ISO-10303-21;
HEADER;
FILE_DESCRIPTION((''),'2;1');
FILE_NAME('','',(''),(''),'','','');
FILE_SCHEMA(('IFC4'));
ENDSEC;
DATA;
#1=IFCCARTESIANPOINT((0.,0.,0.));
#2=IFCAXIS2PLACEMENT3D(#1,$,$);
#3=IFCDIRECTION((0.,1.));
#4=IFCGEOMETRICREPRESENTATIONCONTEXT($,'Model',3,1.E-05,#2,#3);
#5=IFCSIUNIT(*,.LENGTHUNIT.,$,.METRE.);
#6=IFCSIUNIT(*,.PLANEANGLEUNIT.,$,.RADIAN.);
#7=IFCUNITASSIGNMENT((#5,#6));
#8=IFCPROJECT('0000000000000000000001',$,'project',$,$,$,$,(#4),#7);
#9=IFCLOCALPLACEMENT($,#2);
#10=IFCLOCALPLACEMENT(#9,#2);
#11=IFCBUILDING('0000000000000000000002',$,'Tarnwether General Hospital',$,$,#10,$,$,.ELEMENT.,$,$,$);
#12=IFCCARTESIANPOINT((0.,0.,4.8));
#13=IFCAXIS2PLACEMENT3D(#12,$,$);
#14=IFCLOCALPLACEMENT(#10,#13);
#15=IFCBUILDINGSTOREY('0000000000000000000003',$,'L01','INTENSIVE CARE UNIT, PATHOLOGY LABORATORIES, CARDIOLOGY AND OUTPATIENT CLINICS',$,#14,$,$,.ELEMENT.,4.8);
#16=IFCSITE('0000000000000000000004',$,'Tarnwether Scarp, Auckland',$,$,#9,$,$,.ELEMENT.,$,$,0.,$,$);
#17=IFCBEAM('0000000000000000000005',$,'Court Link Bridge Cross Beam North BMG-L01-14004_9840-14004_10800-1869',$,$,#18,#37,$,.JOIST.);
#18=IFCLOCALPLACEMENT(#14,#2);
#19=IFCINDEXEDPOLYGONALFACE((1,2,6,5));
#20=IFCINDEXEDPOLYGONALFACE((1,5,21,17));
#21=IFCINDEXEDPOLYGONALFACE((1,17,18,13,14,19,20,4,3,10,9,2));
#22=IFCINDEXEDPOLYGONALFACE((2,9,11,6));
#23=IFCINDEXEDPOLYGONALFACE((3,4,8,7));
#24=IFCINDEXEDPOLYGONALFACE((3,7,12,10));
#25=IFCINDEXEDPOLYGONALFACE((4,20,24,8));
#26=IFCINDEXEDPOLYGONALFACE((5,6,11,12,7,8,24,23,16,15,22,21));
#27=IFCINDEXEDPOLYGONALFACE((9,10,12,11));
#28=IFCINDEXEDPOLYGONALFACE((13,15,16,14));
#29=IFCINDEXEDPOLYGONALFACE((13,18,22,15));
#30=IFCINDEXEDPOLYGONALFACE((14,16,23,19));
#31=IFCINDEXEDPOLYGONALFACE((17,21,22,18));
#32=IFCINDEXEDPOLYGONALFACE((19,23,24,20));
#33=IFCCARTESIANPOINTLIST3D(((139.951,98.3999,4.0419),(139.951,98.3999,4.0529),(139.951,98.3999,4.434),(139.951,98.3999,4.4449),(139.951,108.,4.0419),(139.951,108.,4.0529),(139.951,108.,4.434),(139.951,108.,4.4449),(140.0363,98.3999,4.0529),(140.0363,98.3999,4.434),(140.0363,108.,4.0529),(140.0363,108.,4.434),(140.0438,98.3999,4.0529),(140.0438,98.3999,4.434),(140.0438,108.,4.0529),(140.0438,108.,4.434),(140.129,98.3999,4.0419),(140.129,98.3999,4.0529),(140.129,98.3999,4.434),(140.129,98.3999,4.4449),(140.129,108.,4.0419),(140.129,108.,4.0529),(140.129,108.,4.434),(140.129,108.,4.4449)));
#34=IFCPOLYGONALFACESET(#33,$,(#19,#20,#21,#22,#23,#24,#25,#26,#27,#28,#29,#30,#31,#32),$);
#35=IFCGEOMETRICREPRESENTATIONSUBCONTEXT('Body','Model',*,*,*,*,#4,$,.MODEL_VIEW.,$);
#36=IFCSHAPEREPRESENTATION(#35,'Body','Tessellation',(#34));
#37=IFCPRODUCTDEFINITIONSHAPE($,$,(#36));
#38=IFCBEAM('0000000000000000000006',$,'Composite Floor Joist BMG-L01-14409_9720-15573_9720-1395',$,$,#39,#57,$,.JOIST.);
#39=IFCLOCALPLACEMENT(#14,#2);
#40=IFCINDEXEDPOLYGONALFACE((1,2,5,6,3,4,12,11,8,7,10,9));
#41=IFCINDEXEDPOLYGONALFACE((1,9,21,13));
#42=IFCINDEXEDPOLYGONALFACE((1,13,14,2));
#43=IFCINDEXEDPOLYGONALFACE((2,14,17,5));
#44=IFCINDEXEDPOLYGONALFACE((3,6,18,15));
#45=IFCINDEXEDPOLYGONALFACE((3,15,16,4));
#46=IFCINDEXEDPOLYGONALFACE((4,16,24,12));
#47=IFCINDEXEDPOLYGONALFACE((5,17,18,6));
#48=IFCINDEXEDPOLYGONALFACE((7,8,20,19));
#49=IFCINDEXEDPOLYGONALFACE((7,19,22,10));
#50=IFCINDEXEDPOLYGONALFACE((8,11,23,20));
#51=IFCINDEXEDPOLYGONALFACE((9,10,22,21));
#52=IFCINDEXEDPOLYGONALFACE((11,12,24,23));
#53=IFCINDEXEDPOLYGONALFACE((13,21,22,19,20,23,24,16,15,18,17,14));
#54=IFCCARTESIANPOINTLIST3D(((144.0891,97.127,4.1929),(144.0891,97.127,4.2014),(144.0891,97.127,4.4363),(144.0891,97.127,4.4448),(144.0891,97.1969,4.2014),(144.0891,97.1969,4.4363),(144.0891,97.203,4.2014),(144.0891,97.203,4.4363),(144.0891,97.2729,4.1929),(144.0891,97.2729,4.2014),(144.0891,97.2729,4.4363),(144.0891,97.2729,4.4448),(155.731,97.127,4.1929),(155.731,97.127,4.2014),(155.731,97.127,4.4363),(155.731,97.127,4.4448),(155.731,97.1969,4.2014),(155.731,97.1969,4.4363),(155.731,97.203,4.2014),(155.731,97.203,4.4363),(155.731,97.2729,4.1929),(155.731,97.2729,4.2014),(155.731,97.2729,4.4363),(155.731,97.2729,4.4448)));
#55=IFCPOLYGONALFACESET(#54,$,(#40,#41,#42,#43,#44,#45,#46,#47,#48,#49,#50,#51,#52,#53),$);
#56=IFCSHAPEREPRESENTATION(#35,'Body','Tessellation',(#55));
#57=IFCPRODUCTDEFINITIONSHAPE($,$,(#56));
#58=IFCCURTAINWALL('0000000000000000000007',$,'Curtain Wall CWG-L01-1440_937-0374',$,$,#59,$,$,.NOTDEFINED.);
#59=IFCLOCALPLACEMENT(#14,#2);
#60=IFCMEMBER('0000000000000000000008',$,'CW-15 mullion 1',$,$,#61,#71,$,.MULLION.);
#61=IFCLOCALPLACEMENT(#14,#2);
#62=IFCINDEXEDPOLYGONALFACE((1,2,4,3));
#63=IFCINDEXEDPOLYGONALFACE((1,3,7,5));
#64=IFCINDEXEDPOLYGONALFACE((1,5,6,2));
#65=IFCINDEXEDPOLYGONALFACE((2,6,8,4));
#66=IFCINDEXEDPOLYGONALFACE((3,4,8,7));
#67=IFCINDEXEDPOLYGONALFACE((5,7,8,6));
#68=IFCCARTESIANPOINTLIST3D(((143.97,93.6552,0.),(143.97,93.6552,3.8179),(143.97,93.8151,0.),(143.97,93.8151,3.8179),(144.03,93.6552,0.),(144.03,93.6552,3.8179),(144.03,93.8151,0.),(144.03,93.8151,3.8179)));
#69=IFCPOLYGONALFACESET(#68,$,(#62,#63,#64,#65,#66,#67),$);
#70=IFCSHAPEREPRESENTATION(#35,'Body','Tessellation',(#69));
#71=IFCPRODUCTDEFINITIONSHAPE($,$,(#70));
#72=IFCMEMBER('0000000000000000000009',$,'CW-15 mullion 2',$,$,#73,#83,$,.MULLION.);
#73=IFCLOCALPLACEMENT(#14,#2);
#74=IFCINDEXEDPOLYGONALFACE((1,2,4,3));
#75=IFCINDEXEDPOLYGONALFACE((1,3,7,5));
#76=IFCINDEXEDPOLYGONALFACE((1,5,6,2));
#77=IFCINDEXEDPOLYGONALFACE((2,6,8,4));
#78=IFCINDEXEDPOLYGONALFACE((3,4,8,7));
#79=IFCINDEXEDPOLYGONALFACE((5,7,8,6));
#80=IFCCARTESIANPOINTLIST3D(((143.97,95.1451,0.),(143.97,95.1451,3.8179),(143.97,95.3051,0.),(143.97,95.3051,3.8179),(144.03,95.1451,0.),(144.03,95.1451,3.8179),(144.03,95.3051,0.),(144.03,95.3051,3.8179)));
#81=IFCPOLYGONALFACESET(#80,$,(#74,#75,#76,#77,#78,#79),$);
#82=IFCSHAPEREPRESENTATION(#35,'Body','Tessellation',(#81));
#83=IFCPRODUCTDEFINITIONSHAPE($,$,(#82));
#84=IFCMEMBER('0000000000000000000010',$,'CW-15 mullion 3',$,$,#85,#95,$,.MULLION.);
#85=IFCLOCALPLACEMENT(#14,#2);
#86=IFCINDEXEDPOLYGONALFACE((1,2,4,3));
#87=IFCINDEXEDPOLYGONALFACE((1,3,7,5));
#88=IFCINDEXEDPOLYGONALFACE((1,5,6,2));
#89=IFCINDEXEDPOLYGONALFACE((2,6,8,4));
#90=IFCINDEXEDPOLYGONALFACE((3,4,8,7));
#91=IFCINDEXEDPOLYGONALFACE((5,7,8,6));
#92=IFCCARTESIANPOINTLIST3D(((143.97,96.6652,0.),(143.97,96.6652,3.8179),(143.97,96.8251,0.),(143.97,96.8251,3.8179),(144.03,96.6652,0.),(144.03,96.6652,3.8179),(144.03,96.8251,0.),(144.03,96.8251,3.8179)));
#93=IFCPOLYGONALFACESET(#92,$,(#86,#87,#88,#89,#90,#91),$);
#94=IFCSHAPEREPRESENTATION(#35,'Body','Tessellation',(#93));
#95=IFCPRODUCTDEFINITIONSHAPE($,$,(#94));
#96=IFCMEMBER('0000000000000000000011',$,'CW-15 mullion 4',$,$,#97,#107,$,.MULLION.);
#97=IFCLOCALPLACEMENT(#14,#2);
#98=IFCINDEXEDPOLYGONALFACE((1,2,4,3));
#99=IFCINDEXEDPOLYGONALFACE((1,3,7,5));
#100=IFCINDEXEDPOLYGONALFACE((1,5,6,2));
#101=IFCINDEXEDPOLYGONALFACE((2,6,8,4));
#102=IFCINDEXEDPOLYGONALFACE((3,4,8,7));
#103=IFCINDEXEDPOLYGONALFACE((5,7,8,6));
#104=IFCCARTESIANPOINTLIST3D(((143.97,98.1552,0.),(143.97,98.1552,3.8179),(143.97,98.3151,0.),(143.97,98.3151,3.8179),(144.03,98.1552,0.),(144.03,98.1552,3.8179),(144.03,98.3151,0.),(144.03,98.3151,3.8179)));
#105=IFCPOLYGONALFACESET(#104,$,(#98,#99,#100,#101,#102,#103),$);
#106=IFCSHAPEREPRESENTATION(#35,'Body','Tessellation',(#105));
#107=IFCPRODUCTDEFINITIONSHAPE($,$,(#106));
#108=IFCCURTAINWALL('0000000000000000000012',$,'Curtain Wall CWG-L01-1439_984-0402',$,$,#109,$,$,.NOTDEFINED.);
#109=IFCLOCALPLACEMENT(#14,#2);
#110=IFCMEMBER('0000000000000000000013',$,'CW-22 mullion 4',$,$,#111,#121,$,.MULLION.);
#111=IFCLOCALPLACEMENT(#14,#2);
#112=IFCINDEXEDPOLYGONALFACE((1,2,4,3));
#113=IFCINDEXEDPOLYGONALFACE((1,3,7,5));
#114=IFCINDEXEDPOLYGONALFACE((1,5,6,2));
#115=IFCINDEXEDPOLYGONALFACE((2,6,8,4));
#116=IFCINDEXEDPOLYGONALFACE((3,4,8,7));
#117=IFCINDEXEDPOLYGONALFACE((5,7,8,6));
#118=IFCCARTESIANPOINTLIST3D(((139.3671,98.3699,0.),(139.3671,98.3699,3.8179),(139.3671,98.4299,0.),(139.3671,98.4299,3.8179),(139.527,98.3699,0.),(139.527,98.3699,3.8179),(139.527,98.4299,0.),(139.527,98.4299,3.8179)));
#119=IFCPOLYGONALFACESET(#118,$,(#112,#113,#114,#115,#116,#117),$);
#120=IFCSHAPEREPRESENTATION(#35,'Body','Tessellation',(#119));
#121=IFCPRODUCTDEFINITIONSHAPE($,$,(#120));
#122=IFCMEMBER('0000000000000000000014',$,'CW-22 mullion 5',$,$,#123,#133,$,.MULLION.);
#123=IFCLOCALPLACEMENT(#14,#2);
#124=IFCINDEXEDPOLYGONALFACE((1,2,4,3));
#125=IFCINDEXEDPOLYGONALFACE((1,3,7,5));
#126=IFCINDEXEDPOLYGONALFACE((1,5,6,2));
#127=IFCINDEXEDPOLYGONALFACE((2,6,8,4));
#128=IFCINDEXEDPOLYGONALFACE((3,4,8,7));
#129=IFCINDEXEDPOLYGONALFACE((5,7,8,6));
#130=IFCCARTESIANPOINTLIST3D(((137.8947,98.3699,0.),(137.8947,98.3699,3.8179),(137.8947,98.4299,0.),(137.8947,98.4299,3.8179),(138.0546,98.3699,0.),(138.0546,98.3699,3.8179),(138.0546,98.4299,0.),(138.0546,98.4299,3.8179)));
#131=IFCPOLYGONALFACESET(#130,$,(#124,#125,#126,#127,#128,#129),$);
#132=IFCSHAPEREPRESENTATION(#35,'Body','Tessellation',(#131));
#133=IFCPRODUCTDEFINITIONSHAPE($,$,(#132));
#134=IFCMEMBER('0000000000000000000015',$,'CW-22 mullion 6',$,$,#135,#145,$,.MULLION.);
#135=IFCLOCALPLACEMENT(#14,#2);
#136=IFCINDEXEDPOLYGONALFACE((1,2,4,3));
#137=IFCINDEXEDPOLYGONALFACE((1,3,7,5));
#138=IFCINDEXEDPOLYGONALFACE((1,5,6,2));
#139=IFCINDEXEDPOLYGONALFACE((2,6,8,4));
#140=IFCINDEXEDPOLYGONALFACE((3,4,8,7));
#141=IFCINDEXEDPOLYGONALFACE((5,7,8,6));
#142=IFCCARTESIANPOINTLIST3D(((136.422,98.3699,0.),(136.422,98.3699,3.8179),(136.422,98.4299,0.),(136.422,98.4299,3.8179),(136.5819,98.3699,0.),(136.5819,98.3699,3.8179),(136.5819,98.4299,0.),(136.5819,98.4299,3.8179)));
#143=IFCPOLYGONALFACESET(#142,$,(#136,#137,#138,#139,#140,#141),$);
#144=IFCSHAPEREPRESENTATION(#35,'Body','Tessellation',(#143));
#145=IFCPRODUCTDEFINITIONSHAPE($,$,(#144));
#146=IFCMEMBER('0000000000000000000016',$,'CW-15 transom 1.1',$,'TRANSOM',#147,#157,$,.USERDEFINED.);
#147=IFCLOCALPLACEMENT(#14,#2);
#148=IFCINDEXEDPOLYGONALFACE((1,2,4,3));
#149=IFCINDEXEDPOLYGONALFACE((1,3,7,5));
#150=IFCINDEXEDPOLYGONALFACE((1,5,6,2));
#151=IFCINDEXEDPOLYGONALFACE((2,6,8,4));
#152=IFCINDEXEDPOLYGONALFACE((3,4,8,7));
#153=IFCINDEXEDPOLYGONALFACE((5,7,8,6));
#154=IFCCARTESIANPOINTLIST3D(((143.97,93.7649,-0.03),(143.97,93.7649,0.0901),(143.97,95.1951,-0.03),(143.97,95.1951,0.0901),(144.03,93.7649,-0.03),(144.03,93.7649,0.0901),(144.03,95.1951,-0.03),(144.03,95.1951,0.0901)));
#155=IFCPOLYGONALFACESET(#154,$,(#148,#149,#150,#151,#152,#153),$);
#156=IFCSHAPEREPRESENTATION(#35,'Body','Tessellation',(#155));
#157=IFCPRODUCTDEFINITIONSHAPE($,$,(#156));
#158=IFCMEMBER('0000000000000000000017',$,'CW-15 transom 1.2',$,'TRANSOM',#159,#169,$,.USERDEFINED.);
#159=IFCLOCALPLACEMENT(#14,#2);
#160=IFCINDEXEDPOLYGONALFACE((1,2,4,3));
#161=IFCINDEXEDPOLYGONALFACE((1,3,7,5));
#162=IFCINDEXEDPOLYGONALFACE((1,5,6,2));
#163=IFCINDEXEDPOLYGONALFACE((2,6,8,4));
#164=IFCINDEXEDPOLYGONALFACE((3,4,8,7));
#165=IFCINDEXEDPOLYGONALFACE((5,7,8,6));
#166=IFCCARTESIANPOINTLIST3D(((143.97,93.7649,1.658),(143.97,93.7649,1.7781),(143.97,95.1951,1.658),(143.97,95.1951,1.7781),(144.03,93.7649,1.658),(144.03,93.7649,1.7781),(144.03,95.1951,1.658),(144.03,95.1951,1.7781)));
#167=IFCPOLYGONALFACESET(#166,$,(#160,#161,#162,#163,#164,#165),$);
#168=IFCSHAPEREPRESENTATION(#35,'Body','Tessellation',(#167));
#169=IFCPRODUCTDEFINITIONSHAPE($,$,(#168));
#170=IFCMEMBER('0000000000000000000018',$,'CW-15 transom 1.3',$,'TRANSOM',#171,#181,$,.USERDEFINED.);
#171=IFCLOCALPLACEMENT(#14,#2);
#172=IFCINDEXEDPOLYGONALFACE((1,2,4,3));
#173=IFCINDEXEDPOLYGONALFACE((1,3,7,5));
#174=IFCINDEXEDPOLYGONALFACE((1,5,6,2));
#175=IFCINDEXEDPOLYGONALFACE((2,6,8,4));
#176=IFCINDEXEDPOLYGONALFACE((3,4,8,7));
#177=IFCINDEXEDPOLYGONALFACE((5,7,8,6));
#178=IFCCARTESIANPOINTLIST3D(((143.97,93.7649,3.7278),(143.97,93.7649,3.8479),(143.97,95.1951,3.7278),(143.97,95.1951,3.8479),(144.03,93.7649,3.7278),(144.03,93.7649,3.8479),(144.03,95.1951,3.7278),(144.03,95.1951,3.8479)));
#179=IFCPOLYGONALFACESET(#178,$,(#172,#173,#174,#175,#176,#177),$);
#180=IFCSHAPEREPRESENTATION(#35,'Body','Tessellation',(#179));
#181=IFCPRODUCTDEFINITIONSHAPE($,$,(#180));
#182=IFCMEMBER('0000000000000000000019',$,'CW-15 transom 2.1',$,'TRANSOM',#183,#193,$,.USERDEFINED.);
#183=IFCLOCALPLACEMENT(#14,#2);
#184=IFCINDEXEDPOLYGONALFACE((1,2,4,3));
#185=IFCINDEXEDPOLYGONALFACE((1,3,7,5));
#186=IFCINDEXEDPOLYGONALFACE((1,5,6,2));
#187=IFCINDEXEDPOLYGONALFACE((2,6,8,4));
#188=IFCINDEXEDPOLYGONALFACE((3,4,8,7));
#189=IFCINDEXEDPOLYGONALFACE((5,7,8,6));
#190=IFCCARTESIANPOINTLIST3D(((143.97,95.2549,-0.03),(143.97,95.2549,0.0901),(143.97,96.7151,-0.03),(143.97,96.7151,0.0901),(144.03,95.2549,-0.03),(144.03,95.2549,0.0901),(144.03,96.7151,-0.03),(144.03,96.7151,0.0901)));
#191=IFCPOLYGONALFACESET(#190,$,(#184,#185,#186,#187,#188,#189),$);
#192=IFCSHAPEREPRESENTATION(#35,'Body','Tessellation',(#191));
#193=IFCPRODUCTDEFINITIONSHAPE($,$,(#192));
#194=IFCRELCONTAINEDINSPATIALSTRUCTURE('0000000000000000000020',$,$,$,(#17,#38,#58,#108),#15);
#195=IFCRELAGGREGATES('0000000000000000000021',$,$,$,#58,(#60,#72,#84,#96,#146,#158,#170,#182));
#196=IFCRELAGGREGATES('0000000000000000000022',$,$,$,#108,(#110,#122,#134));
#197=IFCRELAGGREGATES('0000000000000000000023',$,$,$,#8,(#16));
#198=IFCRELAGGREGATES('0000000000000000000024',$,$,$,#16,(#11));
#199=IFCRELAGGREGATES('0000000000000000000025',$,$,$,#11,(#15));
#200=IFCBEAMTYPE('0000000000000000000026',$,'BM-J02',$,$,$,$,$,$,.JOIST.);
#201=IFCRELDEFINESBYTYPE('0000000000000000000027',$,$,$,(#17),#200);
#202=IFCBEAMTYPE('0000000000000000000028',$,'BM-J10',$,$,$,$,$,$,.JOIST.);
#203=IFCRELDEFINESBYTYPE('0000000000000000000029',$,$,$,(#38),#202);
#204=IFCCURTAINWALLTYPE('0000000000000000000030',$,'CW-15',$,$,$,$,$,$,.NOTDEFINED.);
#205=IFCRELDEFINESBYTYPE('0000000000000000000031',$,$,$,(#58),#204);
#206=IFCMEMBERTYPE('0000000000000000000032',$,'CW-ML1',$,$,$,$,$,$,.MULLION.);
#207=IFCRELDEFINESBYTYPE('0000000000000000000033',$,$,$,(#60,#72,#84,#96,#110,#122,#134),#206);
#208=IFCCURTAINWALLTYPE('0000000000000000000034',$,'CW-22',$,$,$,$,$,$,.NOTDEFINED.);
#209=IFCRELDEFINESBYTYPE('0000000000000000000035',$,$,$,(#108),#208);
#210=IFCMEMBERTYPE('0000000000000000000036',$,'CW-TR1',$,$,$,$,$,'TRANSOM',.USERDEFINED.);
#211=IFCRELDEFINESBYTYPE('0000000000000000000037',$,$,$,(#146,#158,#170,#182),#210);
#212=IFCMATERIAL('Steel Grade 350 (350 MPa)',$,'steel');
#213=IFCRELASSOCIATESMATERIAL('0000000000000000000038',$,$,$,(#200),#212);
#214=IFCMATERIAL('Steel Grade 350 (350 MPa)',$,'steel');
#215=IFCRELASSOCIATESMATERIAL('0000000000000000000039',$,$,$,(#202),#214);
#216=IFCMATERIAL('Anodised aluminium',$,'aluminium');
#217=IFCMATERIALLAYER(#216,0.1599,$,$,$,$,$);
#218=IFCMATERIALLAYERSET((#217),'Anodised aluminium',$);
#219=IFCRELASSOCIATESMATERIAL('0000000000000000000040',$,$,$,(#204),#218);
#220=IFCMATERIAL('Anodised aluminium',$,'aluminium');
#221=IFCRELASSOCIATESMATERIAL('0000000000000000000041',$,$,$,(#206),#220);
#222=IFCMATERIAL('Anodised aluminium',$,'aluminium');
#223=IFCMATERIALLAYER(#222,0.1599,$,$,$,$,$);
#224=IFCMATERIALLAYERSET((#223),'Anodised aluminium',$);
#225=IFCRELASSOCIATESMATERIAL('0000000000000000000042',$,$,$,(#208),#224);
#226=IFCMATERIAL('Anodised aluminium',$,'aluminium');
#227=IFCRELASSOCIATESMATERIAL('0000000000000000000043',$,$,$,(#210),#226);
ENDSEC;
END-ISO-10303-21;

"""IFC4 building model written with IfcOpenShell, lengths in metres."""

from ifc_helpers import new_model, si_unit, direction, frame, origin, origin_2d, place, context, subcontext, project, spatial, rectangle, i_section, extrude, material, layer, layer_set, material_profile, profile_set, type_object, element, aggregate, save


model = new_model("IFC4")

# Units and contexts
model_context = context("Model", 3, precision=1e-05, world=origin(), true_north=direction((0.0, 1.0)))
body_context = subcontext(model_context, "Body", "Model", "MODEL_VIEW")
ifc_project = project(units=[si_unit("LENGTHUNIT", "METRE"), si_unit("PLANEANGLEUNIT", "RADIAN")], contexts=[model_context])

# Site, building, storey
site_placement = place(None, origin())
site = spatial("IfcSite", under=ifc_project, at=site_placement, Name="Tarnwether Scarp, Auckland", CompositionType="ELEMENT", RefElevation=0.0)
building_placement = place(site_placement, origin())
building = spatial("IfcBuilding", under=site, at=building_placement, Name="Tarnwether General Hospital", CompositionType="ELEMENT")
storey_placement = place(building_placement, frame((0.0, 0.0, 4.8)))
storey = spatial("IfcBuildingStorey", under=building, at=storey_placement, Name="L01", Description="INTENSIVE CARE UNIT, PATHOLOGY LABORATORIES, CARDIOLOGY AND OUTPATIENT CLINICS", CompositionType="ELEMENT", Elevation=4.8)

# Beams
ifc_material_1 = material(Name="Steel Grade 350 (350 MPa)", Category="steel")
ifc_material_profile_1 = material_profile(ifc_material_1, i_section(OverallWidth=0.178, OverallDepth=0.4031, WebThickness=0.0076, FlangeThickness=0.011, at=origin_2d()), Name="410UB53.7")
ifc_profile_set_1 = profile_set([ifc_material_profile_1], Name="Steel Grade 350 (350 MPa)")
beam_type_1 = type_object("IfcBeamType", Name="BM-J02", PredefinedType="JOIST", material=ifc_profile_set_1)
beam_1_placement = place(storey_placement, frame((140.04, 98.3999, 4.2434), z_axis=(0.0, 1.0, 0.0), x_axis=(-1.0, 0.0, 0.0)))
element("IfcBeam", 1, at=beam_1_placement, inside=storey, type_object=beam_type_1, Name="Court Link Bridge Cross Beam North BMG-L01-14004_9840-14004_10800-1869", PredefinedType="JOIST", context=body_context, shape_type="SweptSolid", body=[
    extrude(i_section(OverallWidth=0.178, OverallDepth=0.4031, WebThickness=0.0076, FlangeThickness=0.011, at=origin_2d()), origin(), (0.0, 0.0, 1.0), 9.6001),
])
ifc_material_2 = material(Name="Steel Grade 350 (350 MPa)", Category="steel")
ifc_material_profile_2 = material_profile(ifc_material_2, i_section(OverallWidth=0.146, OverallDepth=0.252, WebThickness=0.0061, FlangeThickness=0.0085, at=origin_2d()), Name="250UB31.4")
ifc_profile_set_2 = profile_set([ifc_material_profile_2], Name="Steel Grade 350 (350 MPa)")
beam_type_2 = type_object("IfcBeamType", Name="BM-J10", PredefinedType="JOIST", material=ifc_profile_set_2)
beam_2_placement = place(storey_placement, frame((144.0891, 97.2, 4.3188), z_axis=(1.0, 0.0, 0.0), x_axis=(0.0, 1.0, 0.0)))
element("IfcBeam", 2, at=beam_2_placement, inside=storey, type_object=beam_type_2, Name="Composite Floor Joist BMG-L01-14409_9720-15573_9720-1395", PredefinedType="JOIST", context=body_context, shape_type="SweptSolid", body=[
    extrude(i_section(OverallWidth=0.146, OverallDepth=0.252, WebThickness=0.0061, FlangeThickness=0.0085, at=origin_2d()), origin(), (0.0, 0.0, 1.0), 11.6418),
])

# Curtain walls, members
ifc_material_3 = material(Name="Anodised aluminium", Category="aluminium")
ifc_layer_1 = layer(ifc_material_3, 0.1599)
ifc_layer_set_1 = layer_set([ifc_layer_1], Name="Anodised aluminium")
curtain_wall_type_1 = type_object("IfcCurtainWallType", Name="CW-15", PredefinedType="NOTDEFINED", material=ifc_layer_set_1)
curtain_wall_1_placement = place(storey_placement, origin())
curtain_wall_1 = element("IfcCurtainWall", 3, at=curtain_wall_1_placement, inside=storey, type_object=curtain_wall_type_1, Name="Curtain Wall CWG-L01-1440_937-0374", PredefinedType="NOTDEFINED")
ifc_material_4 = material(Name="Anodised aluminium", Category="aluminium")
ifc_material_profile_3 = material_profile(ifc_material_4, rectangle(XDim=0.0601, YDim=0.1599, at=origin_2d()), Name="ALU-MUL-60x160")
ifc_profile_set_3 = profile_set([ifc_material_profile_3], Name="Anodised aluminium")
member_type_1 = type_object("IfcMemberType", Name="CW-ML1", PredefinedType="MULLION", material=ifc_profile_set_3)
member_1_placement = place(storey_placement, frame((144.0, 93.7351, 0.0), z_axis=(0.0, 0.0, 1.0), x_axis=(-1.0, 0.0, 0.0)))
member_1 = element("IfcMember", 4, at=member_1_placement, type_object=member_type_1, Name="CW-15 mullion 1", PredefinedType="MULLION", context=body_context, shape_type="SweptSolid", body=[
    extrude(rectangle(XDim=0.0601, YDim=0.1599, at=origin_2d()), origin(), (0.0, 0.0, 1.0), 3.8179),
])
member_2_placement = place(storey_placement, frame((144.0, 95.2251, 0.0), z_axis=(0.0, 0.0, 1.0), x_axis=(-1.0, 0.0, 0.0)))
member_2 = element("IfcMember", 5, at=member_2_placement, type_object=member_type_1, Name="CW-15 mullion 2", PredefinedType="MULLION", context=body_context, shape_type="SweptSolid", body=[
    extrude(rectangle(XDim=0.0601, YDim=0.1599, at=origin_2d()), origin(), (0.0, 0.0, 1.0), 3.8179),
])
member_3_placement = place(storey_placement, frame((144.0, 96.7451, 0.0), z_axis=(0.0, 0.0, 1.0), x_axis=(-1.0, 0.0, 0.0)))
member_3 = element("IfcMember", 6, at=member_3_placement, type_object=member_type_1, Name="CW-15 mullion 3", PredefinedType="MULLION", context=body_context, shape_type="SweptSolid", body=[
    extrude(rectangle(XDim=0.0601, YDim=0.1599, at=origin_2d()), origin(), (0.0, 0.0, 1.0), 3.8179),
])
member_4_placement = place(storey_placement, frame((144.0, 98.2351, 0.0), z_axis=(0.0, 0.0, 1.0), x_axis=(-1.0, 0.0, 0.0)))
member_4 = element("IfcMember", 7, at=member_4_placement, type_object=member_type_1, Name="CW-15 mullion 4", PredefinedType="MULLION", context=body_context, shape_type="SweptSolid", body=[
    extrude(rectangle(XDim=0.0601, YDim=0.1599, at=origin_2d()), origin(), (0.0, 0.0, 1.0), 3.8179),
])
ifc_material_5 = material(Name="Anodised aluminium", Category="aluminium")
ifc_layer_2 = layer(ifc_material_5, 0.1599)
ifc_layer_set_2 = layer_set([ifc_layer_2], Name="Anodised aluminium")
curtain_wall_type_2 = type_object("IfcCurtainWallType", Name="CW-22", PredefinedType="NOTDEFINED", material=ifc_layer_set_2)
curtain_wall_2_placement = place(storey_placement, origin())
curtain_wall_2 = element("IfcCurtainWall", 8, at=curtain_wall_2_placement, inside=storey, type_object=curtain_wall_type_2, Name="Curtain Wall CWG-L01-1439_984-0402", PredefinedType="NOTDEFINED")
member_5_placement = place(storey_placement, frame((139.447, 98.3999, 0.0), z_axis=(0.0, 0.0, 1.0), x_axis=(0.0, -1.0, 0.0)))
member_5 = element("IfcMember", 9, at=member_5_placement, type_object=member_type_1, Name="CW-22 mullion 4", PredefinedType="MULLION", context=body_context, shape_type="SweptSolid", body=[
    extrude(rectangle(XDim=0.0601, YDim=0.1599, at=origin_2d()), origin(), (0.0, 0.0, 1.0), 3.8179),
])
member_6_placement = place(storey_placement, frame((137.9746, 98.3999, 0.0), z_axis=(0.0, 0.0, 1.0), x_axis=(0.0, -1.0, 0.0)))
member_6 = element("IfcMember", 10, at=member_6_placement, type_object=member_type_1, Name="CW-22 mullion 5", PredefinedType="MULLION", context=body_context, shape_type="SweptSolid", body=[
    extrude(rectangle(XDim=0.0601, YDim=0.1599, at=origin_2d()), origin(), (0.0, 0.0, 1.0), 3.8179),
])
member_7_placement = place(storey_placement, frame((136.502, 98.3999, 0.0), z_axis=(0.0, 0.0, 1.0), x_axis=(0.0, -1.0, 0.0)))
member_7 = element("IfcMember", 11, at=member_7_placement, type_object=member_type_1, Name="CW-22 mullion 6", PredefinedType="MULLION", context=body_context, shape_type="SweptSolid", body=[
    extrude(rectangle(XDim=0.0601, YDim=0.1599, at=origin_2d()), origin(), (0.0, 0.0, 1.0), 3.8179),
])

# Members
ifc_material_6 = material(Name="Anodised aluminium", Category="aluminium")
ifc_material_profile_4 = material_profile(ifc_material_6, rectangle(XDim=0.0601, YDim=0.1201, at=origin_2d()), Name="ALU-TRN-60x120")
ifc_profile_set_4 = profile_set([ifc_material_profile_4], Name="Anodised aluminium")
member_type_2 = type_object("IfcMemberType", Name="CW-TR1", ElementType="TRANSOM", PredefinedType="USERDEFINED", material=ifc_profile_set_4)
member_8_placement = place(storey_placement, frame((144.0, 93.7649, 0.03), z_axis=(0.0, 1.0, 0.0), x_axis=(-1.0, 0.0, 0.0)))
member_8 = element("IfcMember", 12, at=member_8_placement, type_object=member_type_2, Name="CW-15 transom 1.1", ObjectType="TRANSOM", PredefinedType="USERDEFINED", context=body_context, shape_type="SweptSolid", body=[
    extrude(rectangle(XDim=0.0601, YDim=0.1201, at=origin_2d()), origin(), (0.0, 0.0, 1.0), 1.4302),
])
member_9_placement = place(storey_placement, frame((144.0, 93.7649, 1.718), z_axis=(0.0, 1.0, 0.0), x_axis=(-1.0, 0.0, 0.0)))
member_9 = element("IfcMember", 13, at=member_9_placement, type_object=member_type_2, Name="CW-15 transom 1.2", ObjectType="TRANSOM", PredefinedType="USERDEFINED", context=body_context, shape_type="SweptSolid", body=[
    extrude(rectangle(XDim=0.0601, YDim=0.1201, at=origin_2d()), origin(), (0.0, 0.0, 1.0), 1.4302),
])
member_10_placement = place(storey_placement, frame((144.0, 93.7649, 3.7878), z_axis=(0.0, 1.0, 0.0), x_axis=(-1.0, 0.0, 0.0)))
member_10 = element("IfcMember", 14, at=member_10_placement, type_object=member_type_2, Name="CW-15 transom 1.3", ObjectType="TRANSOM", PredefinedType="USERDEFINED", context=body_context, shape_type="SweptSolid", body=[
    extrude(rectangle(XDim=0.0601, YDim=0.1201, at=origin_2d()), origin(), (0.0, 0.0, 1.0), 1.4302),
])
member_11_placement = place(storey_placement, frame((144.0, 95.2549, 0.03), z_axis=(0.0, 1.0, 0.0), x_axis=(-1.0, 0.0, 0.0)))
member_11 = element("IfcMember", 15, at=member_11_placement, type_object=member_type_2, Name="CW-15 transom 2.1", ObjectType="TRANSOM", PredefinedType="USERDEFINED", context=body_context, shape_type="SweptSolid", body=[
    extrude(rectangle(XDim=0.0601, YDim=0.1201, at=origin_2d()), origin(), (0.0, 0.0, 1.0), 1.4602),
])

aggregate(curtain_wall_1, [member_1, member_2, member_3, member_4, member_8, member_9, member_10, member_11])
aggregate(curtain_wall_2, [member_5, member_6, member_7])

save(model, "model.ifc")
